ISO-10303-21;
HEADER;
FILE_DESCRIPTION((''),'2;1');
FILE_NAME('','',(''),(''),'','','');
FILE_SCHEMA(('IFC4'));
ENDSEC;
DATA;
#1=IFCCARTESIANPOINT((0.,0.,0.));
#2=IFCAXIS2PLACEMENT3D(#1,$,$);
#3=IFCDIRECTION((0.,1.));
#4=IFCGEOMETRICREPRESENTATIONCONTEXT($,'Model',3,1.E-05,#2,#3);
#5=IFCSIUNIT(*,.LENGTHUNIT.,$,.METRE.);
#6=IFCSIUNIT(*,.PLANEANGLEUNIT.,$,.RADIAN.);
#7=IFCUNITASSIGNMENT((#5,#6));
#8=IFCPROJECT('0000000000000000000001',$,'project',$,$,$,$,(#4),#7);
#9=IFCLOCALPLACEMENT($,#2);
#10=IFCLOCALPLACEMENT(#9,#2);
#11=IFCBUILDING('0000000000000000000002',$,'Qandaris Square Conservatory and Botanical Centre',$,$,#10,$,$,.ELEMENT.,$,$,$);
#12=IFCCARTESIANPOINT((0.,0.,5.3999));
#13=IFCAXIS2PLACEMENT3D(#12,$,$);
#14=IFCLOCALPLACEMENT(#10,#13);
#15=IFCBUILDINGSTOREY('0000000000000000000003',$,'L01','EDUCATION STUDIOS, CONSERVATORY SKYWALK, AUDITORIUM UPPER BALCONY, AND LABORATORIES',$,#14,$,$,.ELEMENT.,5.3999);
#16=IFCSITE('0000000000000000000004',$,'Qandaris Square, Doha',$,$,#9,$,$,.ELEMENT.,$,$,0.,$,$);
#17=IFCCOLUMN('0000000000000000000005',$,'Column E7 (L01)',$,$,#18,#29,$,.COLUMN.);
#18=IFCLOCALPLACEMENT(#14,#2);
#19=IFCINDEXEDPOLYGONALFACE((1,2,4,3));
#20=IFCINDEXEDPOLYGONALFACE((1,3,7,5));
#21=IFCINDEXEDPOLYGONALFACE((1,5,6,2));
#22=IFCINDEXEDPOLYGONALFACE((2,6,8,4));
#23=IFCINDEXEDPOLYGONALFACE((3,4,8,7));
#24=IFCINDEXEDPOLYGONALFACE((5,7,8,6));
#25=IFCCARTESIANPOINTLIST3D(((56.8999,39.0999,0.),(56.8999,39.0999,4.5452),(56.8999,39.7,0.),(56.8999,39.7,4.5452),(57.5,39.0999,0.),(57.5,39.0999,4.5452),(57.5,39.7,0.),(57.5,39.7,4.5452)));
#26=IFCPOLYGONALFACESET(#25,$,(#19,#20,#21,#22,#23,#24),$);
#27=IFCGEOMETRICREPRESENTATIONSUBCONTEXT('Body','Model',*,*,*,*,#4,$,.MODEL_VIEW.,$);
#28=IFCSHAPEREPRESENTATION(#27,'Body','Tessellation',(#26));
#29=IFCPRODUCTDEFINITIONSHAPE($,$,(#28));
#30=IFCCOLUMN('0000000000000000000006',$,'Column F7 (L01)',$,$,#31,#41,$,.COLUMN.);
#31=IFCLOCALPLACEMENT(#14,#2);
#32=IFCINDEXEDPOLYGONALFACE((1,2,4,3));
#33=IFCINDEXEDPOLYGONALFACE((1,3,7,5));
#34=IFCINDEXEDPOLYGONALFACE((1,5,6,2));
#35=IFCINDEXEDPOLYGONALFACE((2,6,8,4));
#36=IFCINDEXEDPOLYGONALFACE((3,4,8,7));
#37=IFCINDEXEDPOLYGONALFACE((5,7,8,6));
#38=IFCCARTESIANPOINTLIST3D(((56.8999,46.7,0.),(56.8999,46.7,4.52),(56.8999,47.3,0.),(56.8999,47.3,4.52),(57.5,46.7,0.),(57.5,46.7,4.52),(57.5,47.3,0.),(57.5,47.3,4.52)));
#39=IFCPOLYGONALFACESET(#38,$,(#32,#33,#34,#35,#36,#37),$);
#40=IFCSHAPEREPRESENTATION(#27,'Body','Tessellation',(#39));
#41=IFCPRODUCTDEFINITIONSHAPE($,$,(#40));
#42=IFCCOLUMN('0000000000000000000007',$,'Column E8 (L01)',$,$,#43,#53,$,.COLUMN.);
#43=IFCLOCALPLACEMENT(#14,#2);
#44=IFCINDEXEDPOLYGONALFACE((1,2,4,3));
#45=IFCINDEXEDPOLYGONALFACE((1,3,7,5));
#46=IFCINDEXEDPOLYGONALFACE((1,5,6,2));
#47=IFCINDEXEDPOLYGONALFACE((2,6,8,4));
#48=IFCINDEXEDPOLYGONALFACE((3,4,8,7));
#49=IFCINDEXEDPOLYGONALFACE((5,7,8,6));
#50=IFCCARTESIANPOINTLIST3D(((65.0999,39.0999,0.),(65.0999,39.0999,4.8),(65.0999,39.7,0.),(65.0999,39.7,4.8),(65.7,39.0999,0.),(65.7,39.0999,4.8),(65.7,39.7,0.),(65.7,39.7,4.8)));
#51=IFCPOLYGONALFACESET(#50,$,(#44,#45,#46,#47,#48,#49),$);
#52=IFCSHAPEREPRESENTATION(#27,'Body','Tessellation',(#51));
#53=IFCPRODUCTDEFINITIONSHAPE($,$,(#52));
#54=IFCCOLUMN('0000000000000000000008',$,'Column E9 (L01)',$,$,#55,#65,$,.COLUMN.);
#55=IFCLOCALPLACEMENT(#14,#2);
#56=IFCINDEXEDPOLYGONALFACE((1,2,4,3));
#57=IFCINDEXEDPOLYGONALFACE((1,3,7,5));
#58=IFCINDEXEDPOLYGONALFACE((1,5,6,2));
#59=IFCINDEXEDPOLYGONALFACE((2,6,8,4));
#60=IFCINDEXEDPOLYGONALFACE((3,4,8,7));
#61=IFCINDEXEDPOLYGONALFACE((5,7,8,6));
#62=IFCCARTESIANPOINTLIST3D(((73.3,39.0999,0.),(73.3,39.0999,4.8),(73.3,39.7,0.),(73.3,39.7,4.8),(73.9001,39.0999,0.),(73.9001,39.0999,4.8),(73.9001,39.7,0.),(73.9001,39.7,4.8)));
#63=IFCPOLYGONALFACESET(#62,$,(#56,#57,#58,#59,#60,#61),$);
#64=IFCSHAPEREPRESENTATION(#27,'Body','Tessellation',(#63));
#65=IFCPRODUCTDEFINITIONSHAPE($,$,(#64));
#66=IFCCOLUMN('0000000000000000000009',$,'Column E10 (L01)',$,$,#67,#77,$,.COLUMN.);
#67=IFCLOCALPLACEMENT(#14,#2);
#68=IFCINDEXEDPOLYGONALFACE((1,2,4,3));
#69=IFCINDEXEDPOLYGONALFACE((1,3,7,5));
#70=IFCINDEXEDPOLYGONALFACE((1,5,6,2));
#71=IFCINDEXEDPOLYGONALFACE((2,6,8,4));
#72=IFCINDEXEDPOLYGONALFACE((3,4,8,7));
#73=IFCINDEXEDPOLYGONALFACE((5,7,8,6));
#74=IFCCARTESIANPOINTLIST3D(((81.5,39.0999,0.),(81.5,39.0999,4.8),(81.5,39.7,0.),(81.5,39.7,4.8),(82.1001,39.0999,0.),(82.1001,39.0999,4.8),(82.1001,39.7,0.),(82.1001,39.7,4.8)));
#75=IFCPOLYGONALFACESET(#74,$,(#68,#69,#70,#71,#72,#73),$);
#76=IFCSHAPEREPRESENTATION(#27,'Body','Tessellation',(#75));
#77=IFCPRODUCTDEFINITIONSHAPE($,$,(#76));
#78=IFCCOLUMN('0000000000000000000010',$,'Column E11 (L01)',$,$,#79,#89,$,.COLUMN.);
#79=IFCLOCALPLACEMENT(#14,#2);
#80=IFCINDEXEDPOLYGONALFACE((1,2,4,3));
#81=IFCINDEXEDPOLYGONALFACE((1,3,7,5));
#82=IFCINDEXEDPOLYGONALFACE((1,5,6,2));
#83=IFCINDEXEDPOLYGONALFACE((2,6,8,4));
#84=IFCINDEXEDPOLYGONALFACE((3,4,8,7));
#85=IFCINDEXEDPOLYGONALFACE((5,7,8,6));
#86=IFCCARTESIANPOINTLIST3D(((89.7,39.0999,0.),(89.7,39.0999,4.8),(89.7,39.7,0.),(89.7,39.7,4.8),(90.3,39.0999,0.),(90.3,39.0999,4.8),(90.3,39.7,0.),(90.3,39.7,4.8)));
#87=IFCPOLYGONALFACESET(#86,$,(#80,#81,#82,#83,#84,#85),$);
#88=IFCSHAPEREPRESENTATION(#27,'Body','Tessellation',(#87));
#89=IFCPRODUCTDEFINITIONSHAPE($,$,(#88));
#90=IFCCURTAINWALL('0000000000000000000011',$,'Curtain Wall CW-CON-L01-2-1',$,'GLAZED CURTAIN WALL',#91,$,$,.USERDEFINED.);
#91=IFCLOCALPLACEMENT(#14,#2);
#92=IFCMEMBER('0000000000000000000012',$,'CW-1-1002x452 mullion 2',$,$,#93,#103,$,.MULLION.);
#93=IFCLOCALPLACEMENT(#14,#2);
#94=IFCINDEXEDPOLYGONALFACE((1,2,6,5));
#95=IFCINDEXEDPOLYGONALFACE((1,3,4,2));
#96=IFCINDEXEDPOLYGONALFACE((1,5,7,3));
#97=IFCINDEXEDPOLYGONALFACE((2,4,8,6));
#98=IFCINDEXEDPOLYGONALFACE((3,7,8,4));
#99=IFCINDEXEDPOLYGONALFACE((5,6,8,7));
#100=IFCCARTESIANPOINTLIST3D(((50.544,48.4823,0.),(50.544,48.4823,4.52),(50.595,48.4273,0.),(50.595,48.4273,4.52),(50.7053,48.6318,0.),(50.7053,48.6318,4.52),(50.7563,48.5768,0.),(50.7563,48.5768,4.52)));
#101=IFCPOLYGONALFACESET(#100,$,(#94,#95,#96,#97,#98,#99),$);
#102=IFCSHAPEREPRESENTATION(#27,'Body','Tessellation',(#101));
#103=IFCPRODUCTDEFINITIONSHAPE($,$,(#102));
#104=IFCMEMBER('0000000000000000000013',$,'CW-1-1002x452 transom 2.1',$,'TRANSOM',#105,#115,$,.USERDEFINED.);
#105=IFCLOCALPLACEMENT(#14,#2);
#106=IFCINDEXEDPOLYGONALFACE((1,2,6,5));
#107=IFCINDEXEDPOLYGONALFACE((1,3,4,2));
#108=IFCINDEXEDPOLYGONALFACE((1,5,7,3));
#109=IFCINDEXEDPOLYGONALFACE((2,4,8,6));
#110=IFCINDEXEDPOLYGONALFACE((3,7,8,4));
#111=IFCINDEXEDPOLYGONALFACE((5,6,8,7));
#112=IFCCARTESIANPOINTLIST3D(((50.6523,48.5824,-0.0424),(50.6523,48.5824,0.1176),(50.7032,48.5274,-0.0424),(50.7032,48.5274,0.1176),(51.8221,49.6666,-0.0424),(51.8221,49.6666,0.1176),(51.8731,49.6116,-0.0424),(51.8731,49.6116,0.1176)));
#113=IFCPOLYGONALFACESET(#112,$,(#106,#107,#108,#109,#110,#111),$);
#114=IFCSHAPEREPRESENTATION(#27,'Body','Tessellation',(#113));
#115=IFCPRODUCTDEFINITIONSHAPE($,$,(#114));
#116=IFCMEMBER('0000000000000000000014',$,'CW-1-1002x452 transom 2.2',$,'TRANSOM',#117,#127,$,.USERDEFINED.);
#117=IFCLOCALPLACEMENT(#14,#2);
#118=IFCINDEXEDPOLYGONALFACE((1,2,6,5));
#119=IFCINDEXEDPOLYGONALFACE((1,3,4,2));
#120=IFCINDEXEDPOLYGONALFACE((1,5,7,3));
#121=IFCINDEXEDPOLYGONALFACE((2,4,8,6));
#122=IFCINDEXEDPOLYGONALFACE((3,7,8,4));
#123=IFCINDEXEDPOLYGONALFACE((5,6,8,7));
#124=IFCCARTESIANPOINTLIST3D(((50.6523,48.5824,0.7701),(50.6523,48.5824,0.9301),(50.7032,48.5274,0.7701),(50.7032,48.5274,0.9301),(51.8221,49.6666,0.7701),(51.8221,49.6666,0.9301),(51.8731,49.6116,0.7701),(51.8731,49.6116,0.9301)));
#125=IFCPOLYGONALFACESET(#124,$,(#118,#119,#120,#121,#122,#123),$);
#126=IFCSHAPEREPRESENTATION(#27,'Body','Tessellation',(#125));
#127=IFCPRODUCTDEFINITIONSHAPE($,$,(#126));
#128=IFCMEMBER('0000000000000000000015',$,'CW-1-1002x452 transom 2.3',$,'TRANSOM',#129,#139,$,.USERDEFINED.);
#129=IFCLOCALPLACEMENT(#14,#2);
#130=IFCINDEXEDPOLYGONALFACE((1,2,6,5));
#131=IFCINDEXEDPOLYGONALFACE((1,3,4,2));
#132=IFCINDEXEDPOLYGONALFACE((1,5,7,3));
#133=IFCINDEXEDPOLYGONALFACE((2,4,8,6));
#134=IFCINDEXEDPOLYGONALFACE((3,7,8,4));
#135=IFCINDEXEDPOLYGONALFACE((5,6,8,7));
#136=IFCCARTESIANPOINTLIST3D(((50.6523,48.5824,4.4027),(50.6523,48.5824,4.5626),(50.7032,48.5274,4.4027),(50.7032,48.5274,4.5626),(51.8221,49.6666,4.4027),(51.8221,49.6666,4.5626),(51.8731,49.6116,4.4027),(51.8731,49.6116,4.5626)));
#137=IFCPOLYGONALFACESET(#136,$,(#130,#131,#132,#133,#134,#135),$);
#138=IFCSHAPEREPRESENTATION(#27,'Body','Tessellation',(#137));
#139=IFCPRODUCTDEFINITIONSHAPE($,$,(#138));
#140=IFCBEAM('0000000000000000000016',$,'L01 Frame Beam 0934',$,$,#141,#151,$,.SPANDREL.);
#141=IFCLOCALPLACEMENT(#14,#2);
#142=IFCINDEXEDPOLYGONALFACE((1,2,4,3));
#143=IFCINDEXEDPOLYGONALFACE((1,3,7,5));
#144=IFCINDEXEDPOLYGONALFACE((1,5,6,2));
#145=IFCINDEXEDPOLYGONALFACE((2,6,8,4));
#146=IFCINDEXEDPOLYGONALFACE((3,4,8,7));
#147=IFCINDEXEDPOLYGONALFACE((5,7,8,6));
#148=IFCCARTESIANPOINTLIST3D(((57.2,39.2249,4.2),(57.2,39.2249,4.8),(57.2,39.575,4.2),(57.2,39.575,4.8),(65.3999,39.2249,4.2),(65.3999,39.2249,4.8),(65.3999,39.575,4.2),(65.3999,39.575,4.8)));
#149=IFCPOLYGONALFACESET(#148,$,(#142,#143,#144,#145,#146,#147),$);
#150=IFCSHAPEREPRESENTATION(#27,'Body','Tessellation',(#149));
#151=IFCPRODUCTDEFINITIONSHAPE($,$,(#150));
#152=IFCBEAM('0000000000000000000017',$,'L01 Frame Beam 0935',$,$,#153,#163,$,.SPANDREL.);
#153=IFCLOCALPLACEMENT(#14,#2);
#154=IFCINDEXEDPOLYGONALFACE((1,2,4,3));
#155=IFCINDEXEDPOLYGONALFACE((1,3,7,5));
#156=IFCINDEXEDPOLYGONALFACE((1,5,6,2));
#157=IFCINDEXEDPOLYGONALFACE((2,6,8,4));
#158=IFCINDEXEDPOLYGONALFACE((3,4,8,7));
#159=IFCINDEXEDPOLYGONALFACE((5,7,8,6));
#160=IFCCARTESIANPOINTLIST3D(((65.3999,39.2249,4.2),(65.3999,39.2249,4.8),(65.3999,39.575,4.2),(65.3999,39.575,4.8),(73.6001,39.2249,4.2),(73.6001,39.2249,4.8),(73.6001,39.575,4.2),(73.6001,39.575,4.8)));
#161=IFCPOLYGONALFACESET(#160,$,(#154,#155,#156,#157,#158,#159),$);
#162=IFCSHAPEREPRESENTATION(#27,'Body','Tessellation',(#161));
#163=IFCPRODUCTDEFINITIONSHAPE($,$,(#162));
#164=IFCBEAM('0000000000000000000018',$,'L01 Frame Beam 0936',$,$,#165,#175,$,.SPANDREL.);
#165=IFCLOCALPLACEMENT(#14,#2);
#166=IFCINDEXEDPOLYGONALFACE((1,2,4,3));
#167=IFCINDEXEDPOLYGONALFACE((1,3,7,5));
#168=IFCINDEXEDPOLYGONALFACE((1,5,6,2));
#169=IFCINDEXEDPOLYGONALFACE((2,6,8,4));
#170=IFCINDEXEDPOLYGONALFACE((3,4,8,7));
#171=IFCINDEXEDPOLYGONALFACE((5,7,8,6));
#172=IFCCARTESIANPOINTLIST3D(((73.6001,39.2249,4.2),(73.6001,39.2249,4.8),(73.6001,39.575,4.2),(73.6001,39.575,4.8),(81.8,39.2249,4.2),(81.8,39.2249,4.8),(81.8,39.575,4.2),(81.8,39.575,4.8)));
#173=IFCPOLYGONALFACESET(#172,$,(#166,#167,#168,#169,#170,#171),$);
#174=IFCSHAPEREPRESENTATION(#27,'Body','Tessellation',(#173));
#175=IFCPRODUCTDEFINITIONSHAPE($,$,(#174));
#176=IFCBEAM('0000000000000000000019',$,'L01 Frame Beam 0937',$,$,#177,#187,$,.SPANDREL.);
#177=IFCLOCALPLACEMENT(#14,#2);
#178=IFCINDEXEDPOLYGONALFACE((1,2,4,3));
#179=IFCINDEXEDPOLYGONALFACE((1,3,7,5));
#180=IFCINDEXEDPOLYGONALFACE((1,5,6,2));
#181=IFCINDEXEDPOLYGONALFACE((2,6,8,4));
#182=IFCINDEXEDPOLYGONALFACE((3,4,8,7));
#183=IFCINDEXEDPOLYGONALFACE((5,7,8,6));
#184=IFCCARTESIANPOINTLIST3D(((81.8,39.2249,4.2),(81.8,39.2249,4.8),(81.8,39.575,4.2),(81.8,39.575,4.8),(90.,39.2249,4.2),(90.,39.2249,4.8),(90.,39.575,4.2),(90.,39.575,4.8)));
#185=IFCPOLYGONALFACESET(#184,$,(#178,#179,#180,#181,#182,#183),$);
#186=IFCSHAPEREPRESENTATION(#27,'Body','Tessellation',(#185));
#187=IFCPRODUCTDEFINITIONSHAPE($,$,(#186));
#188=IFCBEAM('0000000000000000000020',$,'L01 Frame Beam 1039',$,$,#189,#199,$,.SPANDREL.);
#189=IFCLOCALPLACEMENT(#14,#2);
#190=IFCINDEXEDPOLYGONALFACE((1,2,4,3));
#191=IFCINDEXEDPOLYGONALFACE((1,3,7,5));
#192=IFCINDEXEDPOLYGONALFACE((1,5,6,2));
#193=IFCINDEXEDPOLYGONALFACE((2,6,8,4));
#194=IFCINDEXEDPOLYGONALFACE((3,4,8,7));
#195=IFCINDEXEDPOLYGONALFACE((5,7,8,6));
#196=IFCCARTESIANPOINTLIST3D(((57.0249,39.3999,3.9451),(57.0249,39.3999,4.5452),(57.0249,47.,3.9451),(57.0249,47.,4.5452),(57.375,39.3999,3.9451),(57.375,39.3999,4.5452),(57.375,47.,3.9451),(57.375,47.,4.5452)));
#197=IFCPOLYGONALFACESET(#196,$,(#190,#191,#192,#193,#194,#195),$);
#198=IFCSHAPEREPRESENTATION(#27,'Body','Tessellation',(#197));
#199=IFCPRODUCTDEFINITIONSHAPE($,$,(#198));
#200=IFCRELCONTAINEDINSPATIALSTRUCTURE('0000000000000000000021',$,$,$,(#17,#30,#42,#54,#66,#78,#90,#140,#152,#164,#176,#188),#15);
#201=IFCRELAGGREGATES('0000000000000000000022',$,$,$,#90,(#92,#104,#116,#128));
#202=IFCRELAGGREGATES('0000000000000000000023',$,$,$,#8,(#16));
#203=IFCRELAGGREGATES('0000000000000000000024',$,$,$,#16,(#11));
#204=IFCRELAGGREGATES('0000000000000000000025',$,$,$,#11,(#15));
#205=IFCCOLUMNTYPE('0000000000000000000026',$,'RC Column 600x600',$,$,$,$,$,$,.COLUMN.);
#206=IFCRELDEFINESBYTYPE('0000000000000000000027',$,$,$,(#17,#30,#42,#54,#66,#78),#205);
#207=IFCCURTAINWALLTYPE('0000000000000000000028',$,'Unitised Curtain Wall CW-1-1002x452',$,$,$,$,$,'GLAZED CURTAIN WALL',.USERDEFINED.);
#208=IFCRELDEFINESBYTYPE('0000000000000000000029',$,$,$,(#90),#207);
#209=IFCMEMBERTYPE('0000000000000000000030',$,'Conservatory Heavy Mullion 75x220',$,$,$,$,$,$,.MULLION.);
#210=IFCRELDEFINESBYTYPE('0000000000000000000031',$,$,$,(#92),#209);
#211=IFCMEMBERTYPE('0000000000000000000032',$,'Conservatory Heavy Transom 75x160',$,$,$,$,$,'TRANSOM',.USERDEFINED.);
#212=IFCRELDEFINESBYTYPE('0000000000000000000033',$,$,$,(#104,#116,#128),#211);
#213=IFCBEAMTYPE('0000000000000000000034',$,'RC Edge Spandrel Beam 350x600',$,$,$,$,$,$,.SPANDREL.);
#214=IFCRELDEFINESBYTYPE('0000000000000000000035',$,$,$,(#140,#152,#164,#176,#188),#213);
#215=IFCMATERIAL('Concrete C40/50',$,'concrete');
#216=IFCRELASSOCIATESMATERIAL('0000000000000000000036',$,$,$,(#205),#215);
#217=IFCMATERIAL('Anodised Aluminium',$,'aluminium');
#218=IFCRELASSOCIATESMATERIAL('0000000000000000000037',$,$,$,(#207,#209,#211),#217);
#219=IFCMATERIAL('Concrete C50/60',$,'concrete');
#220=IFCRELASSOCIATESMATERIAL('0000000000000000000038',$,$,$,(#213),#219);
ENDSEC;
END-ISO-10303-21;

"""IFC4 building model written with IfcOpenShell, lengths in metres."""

from ifc_helpers import new_model, si_unit, direction, frame, origin, origin_2d, place, context, subcontext, project, spatial, rectangle, extrude, material, material_profile, profile_set, type_object, element, aggregate, save


model = new_model("IFC4")

# Units and contexts
model_context = context("Model", 3, precision=1e-05, world=origin(), true_north=direction((0.0, 1.0)))
body_context = subcontext(model_context, "Body", "Model", "MODEL_VIEW")
ifc_project = project(units=[si_unit("LENGTHUNIT", "METRE"), si_unit("PLANEANGLEUNIT", "RADIAN")], contexts=[model_context])

# Site, building, storey
site_placement = place(None, origin())
site = spatial("IfcSite", under=ifc_project, at=site_placement, Name="Qandaris Square, Doha", CompositionType="ELEMENT", RefElevation=0.0)
building_placement = place(site_placement, origin())
building = spatial("IfcBuilding", under=site, at=building_placement, Name="Qandaris Square Conservatory and Botanical Centre", CompositionType="ELEMENT")
storey_placement = place(building_placement, frame((0.0, 0.0, 5.3999)))
storey = spatial("IfcBuildingStorey", under=building, at=storey_placement, Name="L01", Description="EDUCATION STUDIOS, CONSERVATORY SKYWALK, AUDITORIUM UPPER BALCONY, AND LABORATORIES", CompositionType="ELEMENT", Elevation=5.3999)

# Columns
ifc_material_1 = material(Name="Concrete C40/50", Category="concrete")
ifc_material_profile_1 = material_profile(ifc_material_1, rectangle(XDim=0.6001, YDim=0.6001, at=origin_2d()), Name="RC-COL 600x600")
ifc_profile_set_1 = profile_set([ifc_material_profile_1], Name="Concrete C40/50")
column_type = type_object("IfcColumnType", Name="RC Column 600x600", PredefinedType="COLUMN", material=ifc_profile_set_1)
column_1_placement = place(storey_placement, frame((57.2, 39.3999, 0.0), z_axis=(0.0, 0.0, 1.0), x_axis=(1.0, 0.0, 0.0)))
element("IfcColumn", 1, at=column_1_placement, inside=storey, type_object=column_type, Name="Column E7 (L01)", PredefinedType="COLUMN", context=body_context, shape_type="SweptSolid", body=[
    extrude(rectangle(XDim=0.6001, YDim=0.6001, at=origin_2d()), origin(), (0.0, 0.0, 1.0), 4.5452),
])
column_2_placement = place(storey_placement, frame((57.2, 47.0, 0.0), z_axis=(0.0, 0.0, 1.0), x_axis=(1.0, 0.0, 0.0)))
element("IfcColumn", 2, at=column_2_placement, inside=storey, type_object=column_type, Name="Column F7 (L01)", PredefinedType="COLUMN", context=body_context, shape_type="SweptSolid", body=[
    extrude(rectangle(XDim=0.6001, YDim=0.6001, at=origin_2d()), origin(), (0.0, 0.0, 1.0), 4.52),
])
for number, where, z_axis, x_axis, name in (
    (3, (65.3999, 39.3999, 0.0), (0.0, 0.0, 1.0), (1.0, 0.0, 0.0), "Column E8 (L01)"),
    (4, (73.6001, 39.3999, 0.0), (0.0, 0.0, 1.0), (1.0, 0.0, 0.0), "Column E9 (L01)"),
    (5, (81.8, 39.3999, 0.0), (0.0, 0.0, 1.0), (1.0, 0.0, 0.0), "Column E10 (L01)"),
    (6, (90.0, 39.3999, 0.0), (0.0, 0.0, 1.0), (1.0, 0.0, 0.0), "Column E11 (L01)"),
):
    element("IfcColumn", number, at=place(storey_placement, frame(where, z_axis=z_axis, x_axis=x_axis)), inside=storey, type_object=column_type, Name=name, PredefinedType="COLUMN", context=body_context, shape_type="SweptSolid", body=[
        extrude(rectangle(XDim=0.6001, YDim=0.6001, at=origin_2d()), origin(), (0.0, 0.0, 1.0), 4.8),
    ])

# Curtain wall, members
ifc_material_2 = material(Name="Anodised Aluminium", Category="aluminium")
curtain_wall_type = type_object("IfcCurtainWallType", Name="Unitised Curtain Wall CW-1-1002x452", ElementType="GLAZED CURTAIN WALL", PredefinedType="USERDEFINED", material=ifc_material_2)
curtain_wall_placement = place(storey_placement, origin())
curtain_wall = element("IfcCurtainWall", 7, at=curtain_wall_placement, inside=storey, type_object=curtain_wall_type, Name="Curtain Wall CW-CON-L01-2-1", ObjectType="GLAZED CURTAIN WALL", PredefinedType="USERDEFINED")
ifc_material_profile_2 = material_profile(ifc_material_2, rectangle(XDim=0.075, YDim=0.22, at=origin_2d()), Name="ALU-MUL 75x220")
ifc_profile_set_2 = profile_set([ifc_material_profile_2], Name="Anodised Aluminium")
member_type_1 = type_object("IfcMemberType", Name="Conservatory Heavy Mullion 75x220", PredefinedType="MULLION", material=ifc_profile_set_2)
member_1_placement = place(storey_placement, frame((50.6501, 48.5295, 0.0), z_axis=(0.0, 0.0, 1.0), x_axis=(-0.679762, 0.733433, 0.0)))
member_1 = element("IfcMember", 8, at=member_1_placement, type_object=member_type_1, Name="CW-1-1002x452 mullion 2", PredefinedType="MULLION", context=body_context, shape_type="SweptSolid", body=[
    extrude(rectangle(XDim=0.075, YDim=0.22, at=origin_2d()), origin(), (0.0, 0.0, 1.0), 4.52),
])
ifc_material_profile_3 = material_profile(ifc_material_2, rectangle(XDim=0.075, YDim=0.1599, at=origin_2d()), Name="ALU-TRN 75x160")
ifc_profile_set_3 = profile_set([ifc_material_profile_3], Name="Anodised Aluminium")
member_type_2 = type_object("IfcMemberType", Name="Conservatory Heavy Transom 75x160", ElementType="TRANSOM", PredefinedType="USERDEFINED", material=ifc_profile_set_3)
member_2_placement = place(storey_placement, frame((50.6777, 48.5549, 0.0376), z_axis=(0.733458, 0.679735, 0.0), x_axis=(-0.679735, 0.733458, 0.0)))
member_2 = element("IfcMember", 9, at=member_2_placement, type_object=member_type_2, Name="CW-1-1002x452 transom 2.1", ObjectType="TRANSOM", PredefinedType="USERDEFINED", context=body_context, shape_type="SweptSolid", body=[
    extrude(rectangle(XDim=0.075, YDim=0.1599, at=origin_2d()), origin(), (0.0, 0.0, 1.0), 1.595),
])
member_3_placement = place(storey_placement, frame((50.6777, 48.5549, 0.8501), z_axis=(0.733458, 0.679735, 0.0), x_axis=(-0.679735, 0.733458, 0.0)))
member_3 = element("IfcMember", 10, at=member_3_placement, type_object=member_type_2, Name="CW-1-1002x452 transom 2.2", ObjectType="TRANSOM", PredefinedType="USERDEFINED", context=body_context, shape_type="SweptSolid", body=[
    extrude(rectangle(XDim=0.075, YDim=0.1599, at=origin_2d()), origin(), (0.0, 0.0, 1.0), 1.595),
])
member_4_placement = place(storey_placement, frame((50.6777, 48.5549, 4.4827), z_axis=(0.733458, 0.679735, 0.0), x_axis=(-0.679735, 0.733458, 0.0)))
member_4 = element("IfcMember", 11, at=member_4_placement, type_object=member_type_2, Name="CW-1-1002x452 transom 2.3", ObjectType="TRANSOM", PredefinedType="USERDEFINED", context=body_context, shape_type="SweptSolid", body=[
    extrude(rectangle(XDim=0.075, YDim=0.1599, at=origin_2d()), origin(), (0.0, 0.0, 1.0), 1.595),
])

# Beams
ifc_material_3 = material(Name="Concrete C50/60", Category="concrete")
ifc_material_profile_4 = material_profile(ifc_material_3, rectangle(XDim=0.3501, YDim=0.6001, at=origin_2d()), Name="RC-SP 350x600")
ifc_profile_set_4 = profile_set([ifc_material_profile_4], Name="Concrete C50/60")
beam_type = type_object("IfcBeamType", Name="RC Edge Spandrel Beam 350x600", PredefinedType="SPANDREL", material=ifc_profile_set_4)
beam_1_placement = place(storey_placement, frame((57.2, 39.3999, 4.5), z_axis=(1.0, 0.0, 0.0), x_axis=(0.0, 1.0, 0.0)))
element("IfcBeam", 12, at=beam_1_placement, inside=storey, type_object=beam_type, Name="L01 Frame Beam 0934", PredefinedType="SPANDREL", context=body_context, shape_type="SweptSolid", body=[
    extrude(rectangle(XDim=0.3501, YDim=0.6001, at=origin_2d()), origin(), (0.0, 0.0, 1.0), 8.2),
])
beam_2_placement = place(storey_placement, frame((65.3999, 39.3999, 4.5), z_axis=(1.0, 0.0, 0.0), x_axis=(0.0, 1.0, 0.0)))
element("IfcBeam", 13, at=beam_2_placement, inside=storey, type_object=beam_type, Name="L01 Frame Beam 0935", PredefinedType="SPANDREL", context=body_context, shape_type="SweptSolid", body=[
    extrude(rectangle(XDim=0.3501, YDim=0.6001, at=origin_2d()), origin(), (0.0, 0.0, 1.0), 8.2002),
])
for number, where, z_axis, x_axis, name in (
    (14, (73.6001, 39.3999, 4.5), (1.0, 0.0, 0.0), (0.0, 1.0, 0.0), "L01 Frame Beam 0936"),
    (15, (81.8, 39.3999, 4.5), (1.0, 0.0, 0.0), (0.0, 1.0, 0.0), "L01 Frame Beam 0937"),
):
    element("IfcBeam", number, at=place(storey_placement, frame(where, z_axis=z_axis, x_axis=x_axis)), inside=storey, type_object=beam_type, Name=name, PredefinedType="SPANDREL", context=body_context, shape_type="SweptSolid", body=[
        extrude(rectangle(XDim=0.3501, YDim=0.6001, at=origin_2d()), origin(), (0.0, 0.0, 1.0), 8.2),
    ])
beam_3_placement = place(storey_placement, frame((57.2, 39.3999, 4.2451), z_axis=(0.0, 1.0, 0.0), x_axis=(-1.0, 0.0, 0.0)))
element("IfcBeam", 16, at=beam_3_placement, inside=storey, type_object=beam_type, Name="L01 Frame Beam 1039", PredefinedType="SPANDREL", context=body_context, shape_type="SweptSolid", body=[
    extrude(rectangle(XDim=0.3501, YDim=0.6001, at=origin_2d()), origin(), (0.0, 0.0, 1.0), 7.6001),
])

aggregate(curtain_wall, [member_1, member_2, member_3, member_4])

save(model, "model.ifc")
